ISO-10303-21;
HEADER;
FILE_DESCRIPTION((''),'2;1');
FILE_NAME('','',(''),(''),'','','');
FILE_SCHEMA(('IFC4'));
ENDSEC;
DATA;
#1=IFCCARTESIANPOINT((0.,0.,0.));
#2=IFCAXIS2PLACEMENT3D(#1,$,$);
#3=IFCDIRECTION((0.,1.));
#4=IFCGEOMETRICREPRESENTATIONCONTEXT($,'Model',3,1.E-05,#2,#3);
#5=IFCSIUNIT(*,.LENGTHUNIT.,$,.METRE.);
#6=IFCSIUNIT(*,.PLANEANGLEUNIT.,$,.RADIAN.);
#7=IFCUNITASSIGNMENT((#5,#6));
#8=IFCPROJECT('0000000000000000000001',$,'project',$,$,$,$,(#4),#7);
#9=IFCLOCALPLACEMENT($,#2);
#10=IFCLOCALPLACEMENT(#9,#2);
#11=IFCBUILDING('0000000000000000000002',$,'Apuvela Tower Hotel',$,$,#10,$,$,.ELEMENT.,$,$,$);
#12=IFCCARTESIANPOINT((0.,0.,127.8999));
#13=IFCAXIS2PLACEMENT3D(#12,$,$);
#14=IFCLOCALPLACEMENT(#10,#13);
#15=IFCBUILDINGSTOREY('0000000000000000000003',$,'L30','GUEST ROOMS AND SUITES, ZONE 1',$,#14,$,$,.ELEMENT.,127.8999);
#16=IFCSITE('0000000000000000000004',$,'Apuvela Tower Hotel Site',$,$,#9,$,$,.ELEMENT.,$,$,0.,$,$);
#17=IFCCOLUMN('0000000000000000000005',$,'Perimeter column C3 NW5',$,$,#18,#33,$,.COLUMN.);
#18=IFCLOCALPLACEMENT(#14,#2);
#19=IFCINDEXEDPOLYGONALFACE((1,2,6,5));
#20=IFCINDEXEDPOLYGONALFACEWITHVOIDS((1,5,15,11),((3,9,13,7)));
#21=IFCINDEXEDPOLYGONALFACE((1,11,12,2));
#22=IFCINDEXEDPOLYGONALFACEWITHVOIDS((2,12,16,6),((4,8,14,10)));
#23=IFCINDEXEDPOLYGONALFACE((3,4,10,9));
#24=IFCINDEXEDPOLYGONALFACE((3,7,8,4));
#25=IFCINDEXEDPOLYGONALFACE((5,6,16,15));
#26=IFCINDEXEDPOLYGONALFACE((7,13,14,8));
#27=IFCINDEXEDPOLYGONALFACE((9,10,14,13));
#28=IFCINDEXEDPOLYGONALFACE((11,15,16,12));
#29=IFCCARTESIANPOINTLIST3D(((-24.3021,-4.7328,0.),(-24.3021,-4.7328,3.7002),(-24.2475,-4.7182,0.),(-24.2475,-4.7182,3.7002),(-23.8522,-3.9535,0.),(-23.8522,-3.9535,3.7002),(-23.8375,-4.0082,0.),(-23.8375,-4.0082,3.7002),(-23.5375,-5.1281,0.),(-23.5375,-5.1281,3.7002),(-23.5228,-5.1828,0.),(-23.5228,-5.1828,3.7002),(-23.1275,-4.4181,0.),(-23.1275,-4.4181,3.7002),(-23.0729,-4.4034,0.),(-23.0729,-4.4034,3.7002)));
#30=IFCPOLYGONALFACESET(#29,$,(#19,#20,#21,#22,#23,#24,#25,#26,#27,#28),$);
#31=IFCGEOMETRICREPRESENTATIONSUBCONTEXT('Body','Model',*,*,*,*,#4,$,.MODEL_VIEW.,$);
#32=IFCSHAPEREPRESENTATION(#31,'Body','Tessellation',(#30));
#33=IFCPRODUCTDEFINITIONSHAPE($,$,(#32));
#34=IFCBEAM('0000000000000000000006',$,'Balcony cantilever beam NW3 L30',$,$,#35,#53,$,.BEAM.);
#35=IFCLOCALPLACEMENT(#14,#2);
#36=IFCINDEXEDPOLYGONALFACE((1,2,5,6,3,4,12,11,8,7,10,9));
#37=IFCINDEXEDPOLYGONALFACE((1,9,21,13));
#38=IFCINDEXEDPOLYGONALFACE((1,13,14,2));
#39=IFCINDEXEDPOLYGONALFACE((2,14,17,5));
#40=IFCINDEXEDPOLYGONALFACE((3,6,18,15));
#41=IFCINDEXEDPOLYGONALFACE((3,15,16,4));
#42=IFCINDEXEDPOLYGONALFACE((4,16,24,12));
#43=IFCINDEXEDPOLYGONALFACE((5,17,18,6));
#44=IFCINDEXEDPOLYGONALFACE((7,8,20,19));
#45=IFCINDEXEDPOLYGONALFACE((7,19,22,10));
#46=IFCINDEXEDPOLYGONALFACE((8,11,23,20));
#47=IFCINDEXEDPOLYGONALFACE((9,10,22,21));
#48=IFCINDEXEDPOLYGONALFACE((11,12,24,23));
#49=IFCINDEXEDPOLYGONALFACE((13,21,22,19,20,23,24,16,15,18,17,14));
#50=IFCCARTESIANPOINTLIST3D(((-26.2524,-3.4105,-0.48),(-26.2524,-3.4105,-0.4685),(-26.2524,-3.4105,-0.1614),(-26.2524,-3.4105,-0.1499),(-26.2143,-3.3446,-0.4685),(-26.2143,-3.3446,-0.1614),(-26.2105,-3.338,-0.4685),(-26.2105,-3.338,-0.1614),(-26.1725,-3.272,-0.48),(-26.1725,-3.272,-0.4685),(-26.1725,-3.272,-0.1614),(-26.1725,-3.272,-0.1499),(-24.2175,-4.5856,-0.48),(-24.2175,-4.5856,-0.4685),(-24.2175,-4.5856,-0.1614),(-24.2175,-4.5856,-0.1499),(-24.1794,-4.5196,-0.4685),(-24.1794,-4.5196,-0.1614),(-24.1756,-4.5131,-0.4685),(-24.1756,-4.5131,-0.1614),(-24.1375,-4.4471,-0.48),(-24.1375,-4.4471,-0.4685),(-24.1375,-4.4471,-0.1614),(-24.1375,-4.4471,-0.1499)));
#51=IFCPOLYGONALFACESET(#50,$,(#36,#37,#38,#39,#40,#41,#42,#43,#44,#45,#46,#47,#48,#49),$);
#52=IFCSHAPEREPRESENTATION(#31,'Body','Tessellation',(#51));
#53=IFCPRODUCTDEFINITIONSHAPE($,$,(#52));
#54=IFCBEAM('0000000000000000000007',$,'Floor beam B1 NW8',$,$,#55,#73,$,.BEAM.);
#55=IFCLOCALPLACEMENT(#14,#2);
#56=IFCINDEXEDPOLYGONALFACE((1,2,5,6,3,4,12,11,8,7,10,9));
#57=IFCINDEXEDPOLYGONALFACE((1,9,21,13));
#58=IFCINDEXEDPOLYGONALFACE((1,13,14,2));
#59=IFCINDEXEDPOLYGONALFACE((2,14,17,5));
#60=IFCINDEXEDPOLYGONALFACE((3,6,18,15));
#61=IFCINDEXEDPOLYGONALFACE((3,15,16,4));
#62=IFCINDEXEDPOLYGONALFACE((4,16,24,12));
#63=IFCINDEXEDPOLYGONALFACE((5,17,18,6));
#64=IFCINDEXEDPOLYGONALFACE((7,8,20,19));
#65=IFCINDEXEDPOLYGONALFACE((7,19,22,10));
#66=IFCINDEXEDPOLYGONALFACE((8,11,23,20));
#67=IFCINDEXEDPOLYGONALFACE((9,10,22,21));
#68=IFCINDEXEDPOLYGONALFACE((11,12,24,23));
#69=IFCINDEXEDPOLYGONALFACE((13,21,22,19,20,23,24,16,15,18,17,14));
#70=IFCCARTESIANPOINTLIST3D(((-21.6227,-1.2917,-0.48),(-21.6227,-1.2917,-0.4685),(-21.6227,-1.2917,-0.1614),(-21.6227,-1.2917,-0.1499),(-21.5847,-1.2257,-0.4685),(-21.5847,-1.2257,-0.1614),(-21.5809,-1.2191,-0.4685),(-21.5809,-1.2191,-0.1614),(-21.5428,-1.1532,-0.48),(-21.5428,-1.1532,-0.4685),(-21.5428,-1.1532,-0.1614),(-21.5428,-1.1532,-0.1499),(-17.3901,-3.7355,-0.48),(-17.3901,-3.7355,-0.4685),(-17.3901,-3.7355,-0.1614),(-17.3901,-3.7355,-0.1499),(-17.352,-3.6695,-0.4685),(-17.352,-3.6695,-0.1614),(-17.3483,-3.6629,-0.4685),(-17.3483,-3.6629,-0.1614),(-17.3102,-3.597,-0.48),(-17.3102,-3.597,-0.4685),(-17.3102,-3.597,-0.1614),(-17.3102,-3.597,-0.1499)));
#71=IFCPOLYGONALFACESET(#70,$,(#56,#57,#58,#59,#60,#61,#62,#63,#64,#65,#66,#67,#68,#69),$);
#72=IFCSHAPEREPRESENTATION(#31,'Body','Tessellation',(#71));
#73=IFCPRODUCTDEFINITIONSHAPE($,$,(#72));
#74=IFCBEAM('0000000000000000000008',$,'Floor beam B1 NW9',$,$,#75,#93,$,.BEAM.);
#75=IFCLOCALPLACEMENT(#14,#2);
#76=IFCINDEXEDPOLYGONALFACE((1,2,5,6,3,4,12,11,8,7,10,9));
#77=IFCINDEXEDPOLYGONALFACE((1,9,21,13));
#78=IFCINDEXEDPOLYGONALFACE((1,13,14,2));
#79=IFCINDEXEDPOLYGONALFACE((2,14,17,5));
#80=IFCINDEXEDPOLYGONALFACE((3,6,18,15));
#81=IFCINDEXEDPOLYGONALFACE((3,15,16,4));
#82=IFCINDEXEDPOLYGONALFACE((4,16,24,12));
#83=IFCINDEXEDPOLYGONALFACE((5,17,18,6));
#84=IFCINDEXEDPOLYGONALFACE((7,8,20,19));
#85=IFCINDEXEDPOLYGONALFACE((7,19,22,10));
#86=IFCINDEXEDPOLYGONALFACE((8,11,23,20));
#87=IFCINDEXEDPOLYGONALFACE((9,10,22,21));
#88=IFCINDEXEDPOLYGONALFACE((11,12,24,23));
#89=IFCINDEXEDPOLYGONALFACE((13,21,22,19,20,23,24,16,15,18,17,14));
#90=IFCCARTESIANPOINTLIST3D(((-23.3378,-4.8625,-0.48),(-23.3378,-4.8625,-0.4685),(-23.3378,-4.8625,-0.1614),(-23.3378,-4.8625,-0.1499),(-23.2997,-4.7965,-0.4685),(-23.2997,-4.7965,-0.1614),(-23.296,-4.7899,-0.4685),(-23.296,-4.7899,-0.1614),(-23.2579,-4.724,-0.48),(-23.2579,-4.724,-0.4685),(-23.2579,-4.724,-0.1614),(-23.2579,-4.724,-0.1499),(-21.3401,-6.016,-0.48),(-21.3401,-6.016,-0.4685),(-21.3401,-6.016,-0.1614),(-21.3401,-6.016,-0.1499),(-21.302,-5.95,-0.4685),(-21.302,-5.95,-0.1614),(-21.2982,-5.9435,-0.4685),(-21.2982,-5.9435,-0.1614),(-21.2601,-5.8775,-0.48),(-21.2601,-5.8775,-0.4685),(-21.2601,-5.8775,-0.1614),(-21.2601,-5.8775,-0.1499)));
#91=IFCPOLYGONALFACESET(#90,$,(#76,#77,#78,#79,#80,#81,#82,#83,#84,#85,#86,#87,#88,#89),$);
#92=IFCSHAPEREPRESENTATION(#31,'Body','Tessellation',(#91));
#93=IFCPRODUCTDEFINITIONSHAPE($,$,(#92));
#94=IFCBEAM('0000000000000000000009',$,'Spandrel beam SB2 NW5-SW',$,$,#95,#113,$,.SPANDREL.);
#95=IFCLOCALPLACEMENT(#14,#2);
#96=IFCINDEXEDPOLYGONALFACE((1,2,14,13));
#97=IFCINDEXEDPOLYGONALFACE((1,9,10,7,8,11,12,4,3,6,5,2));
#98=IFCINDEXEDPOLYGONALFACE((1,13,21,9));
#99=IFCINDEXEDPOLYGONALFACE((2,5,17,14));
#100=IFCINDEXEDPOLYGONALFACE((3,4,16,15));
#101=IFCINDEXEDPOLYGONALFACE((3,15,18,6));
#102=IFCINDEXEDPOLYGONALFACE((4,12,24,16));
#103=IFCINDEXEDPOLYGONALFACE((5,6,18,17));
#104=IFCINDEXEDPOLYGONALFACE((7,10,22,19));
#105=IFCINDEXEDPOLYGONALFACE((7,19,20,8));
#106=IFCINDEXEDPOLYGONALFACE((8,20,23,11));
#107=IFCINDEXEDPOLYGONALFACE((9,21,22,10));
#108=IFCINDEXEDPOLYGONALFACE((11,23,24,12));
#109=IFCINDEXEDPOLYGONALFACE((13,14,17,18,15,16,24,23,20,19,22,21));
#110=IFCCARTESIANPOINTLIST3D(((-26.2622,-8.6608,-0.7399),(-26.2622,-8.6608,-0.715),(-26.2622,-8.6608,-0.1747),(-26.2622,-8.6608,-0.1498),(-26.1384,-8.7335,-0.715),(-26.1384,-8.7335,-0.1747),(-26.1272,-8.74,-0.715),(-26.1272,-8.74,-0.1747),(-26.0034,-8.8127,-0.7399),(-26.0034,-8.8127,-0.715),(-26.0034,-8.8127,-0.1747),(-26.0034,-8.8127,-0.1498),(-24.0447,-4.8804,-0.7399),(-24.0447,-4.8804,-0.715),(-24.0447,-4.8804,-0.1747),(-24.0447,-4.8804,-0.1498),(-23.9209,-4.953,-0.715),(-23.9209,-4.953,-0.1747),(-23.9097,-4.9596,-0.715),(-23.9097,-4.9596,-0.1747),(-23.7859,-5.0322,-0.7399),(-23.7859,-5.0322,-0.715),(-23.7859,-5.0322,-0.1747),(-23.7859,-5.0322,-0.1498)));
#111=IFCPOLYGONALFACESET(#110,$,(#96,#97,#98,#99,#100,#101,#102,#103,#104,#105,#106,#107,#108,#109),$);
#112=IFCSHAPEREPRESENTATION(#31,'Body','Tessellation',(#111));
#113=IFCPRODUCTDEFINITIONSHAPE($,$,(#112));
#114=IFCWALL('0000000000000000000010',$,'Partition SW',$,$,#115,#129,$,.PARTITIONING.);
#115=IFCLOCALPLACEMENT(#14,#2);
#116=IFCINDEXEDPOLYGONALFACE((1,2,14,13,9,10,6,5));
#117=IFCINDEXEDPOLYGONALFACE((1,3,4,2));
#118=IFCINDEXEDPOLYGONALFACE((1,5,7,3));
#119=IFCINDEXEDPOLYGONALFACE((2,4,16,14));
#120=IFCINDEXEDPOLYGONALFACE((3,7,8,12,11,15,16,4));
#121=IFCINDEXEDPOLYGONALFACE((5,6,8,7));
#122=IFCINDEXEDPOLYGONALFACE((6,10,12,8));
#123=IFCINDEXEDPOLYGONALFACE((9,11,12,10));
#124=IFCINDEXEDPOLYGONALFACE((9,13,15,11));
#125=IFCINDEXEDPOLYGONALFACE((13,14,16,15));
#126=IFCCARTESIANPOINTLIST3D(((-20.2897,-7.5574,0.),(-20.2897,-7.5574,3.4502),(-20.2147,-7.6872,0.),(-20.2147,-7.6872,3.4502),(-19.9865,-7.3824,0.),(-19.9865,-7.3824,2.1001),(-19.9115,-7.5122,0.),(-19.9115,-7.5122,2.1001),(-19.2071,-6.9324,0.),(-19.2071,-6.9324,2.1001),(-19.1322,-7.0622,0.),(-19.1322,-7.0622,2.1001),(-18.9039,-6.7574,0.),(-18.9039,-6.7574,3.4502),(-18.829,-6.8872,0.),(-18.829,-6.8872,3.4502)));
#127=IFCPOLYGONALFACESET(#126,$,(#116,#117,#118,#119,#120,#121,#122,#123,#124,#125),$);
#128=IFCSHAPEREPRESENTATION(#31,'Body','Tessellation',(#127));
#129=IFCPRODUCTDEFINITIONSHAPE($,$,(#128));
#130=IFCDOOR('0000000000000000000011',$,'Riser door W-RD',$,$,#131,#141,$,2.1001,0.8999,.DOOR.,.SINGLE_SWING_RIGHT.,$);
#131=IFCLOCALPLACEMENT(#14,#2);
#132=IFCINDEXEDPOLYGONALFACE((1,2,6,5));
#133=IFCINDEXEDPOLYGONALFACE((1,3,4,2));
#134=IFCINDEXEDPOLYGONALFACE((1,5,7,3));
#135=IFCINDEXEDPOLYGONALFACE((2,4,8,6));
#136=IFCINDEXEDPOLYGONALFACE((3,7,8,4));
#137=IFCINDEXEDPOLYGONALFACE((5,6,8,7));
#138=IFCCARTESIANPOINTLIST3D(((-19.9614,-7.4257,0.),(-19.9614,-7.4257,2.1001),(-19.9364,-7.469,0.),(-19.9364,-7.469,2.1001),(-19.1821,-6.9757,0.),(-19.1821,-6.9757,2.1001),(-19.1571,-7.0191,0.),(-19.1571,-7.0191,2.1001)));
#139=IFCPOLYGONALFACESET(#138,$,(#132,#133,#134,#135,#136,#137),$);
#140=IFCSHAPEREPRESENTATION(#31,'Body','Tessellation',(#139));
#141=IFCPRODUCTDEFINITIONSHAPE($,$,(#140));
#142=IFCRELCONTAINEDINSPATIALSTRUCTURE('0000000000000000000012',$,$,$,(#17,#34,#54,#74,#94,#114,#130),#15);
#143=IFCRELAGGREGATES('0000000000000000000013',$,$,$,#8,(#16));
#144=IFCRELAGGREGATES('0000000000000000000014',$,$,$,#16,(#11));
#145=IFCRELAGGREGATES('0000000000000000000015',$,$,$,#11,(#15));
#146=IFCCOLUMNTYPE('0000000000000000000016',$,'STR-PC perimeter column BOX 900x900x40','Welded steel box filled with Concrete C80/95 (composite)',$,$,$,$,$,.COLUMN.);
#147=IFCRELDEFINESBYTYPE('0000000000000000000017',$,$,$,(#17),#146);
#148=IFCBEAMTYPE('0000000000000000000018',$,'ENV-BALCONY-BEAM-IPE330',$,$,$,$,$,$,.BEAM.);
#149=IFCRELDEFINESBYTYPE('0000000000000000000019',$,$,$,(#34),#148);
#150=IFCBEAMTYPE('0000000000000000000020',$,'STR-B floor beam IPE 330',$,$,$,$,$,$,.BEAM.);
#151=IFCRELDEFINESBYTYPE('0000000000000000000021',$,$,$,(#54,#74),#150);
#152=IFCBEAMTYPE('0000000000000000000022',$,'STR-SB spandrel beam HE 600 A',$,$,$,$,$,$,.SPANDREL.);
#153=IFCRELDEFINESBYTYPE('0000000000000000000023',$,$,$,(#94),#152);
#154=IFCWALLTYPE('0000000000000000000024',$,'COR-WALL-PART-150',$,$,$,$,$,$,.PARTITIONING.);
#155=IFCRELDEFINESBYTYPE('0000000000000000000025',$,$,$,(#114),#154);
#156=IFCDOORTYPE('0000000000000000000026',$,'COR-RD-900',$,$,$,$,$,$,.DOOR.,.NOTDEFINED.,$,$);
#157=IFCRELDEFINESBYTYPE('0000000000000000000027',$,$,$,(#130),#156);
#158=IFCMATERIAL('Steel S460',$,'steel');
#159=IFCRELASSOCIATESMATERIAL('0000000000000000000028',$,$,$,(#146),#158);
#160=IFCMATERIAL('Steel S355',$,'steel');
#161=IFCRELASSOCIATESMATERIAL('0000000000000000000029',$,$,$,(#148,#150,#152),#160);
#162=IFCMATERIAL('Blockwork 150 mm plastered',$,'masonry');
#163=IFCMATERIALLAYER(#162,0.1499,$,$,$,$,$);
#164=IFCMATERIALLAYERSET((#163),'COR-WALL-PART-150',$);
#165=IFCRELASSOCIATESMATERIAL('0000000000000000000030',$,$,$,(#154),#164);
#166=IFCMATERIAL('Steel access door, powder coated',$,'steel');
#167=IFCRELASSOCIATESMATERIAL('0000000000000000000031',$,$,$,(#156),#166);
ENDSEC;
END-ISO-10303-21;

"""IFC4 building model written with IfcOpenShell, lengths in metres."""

from ifc_helpers import new_model, si_unit, direction, frame, frame_2d, origin, origin_2d, place, context, subcontext, project, spatial, rectangle, hollow_rectangle, i_section, extrude, material, layer, layer_set, material_profile, profile_set, type_object, element, fill, save


model = new_model("IFC4")

# Units and contexts
model_context = context("Model", 3, precision=1e-05, world=origin(), true_north=direction((0.0, 1.0)))
body_context = subcontext(model_context, "Body", "Model", "MODEL_VIEW")
ifc_project = project(units=[si_unit("LENGTHUNIT", "METRE"), si_unit("PLANEANGLEUNIT", "RADIAN")], contexts=[model_context])

# Site, building, storey
site_placement = place(None, origin())
site = spatial("IfcSite", under=ifc_project, at=site_placement, Name="Apuvela Tower Hotel Site", CompositionType="ELEMENT", RefElevation=0.0)
building_placement = place(site_placement, origin())
building = spatial("IfcBuilding", under=site, at=building_placement, Name="Apuvela Tower Hotel", CompositionType="ELEMENT")
storey_placement = place(building_placement, frame((0.0, 0.0, 127.8999)))
storey = spatial("IfcBuildingStorey", under=building, at=storey_placement, Name="L30", Description="GUEST ROOMS AND SUITES, ZONE 1", CompositionType="ELEMENT", Elevation=127.8999)

# Column
ifc_material_1 = material(Name="Steel S460", Category="steel")
ifc_material_profile_1 = material_profile(ifc_material_1, hollow_rectangle(XDim=0.8999, YDim=0.8999, WallThickness=0.04, at=origin_2d()), Name="BOX 900x900x40")
ifc_material_2 = material(Name="Concrete C80/95", Category="concrete")
ifc_material_profile_2 = material_profile(ifc_material_2, rectangle(XDim=0.8201, YDim=0.8201, at=origin_2d()), Name="Concrete C80/95 infill")
ifc_profile_set_1 = profile_set([ifc_material_profile_1, ifc_material_profile_2], Name="Steel S460")
column_type = type_object("IfcColumnType", Name="STR-PC perimeter column BOX 900x900x40", Description="Welded steel box filled with Concrete C80/95 (composite)", PredefinedType="COLUMN", material=ifc_profile_set_1)
column_placement = place(storey_placement, frame((-23.6875, -4.5681, 0.0), z_axis=(0.0, 0.0, 1.0), x_axis=(0.5, 0.866025, 0.0)))
element("IfcColumn", 1, at=column_placement, inside=storey, type_object=column_type, Name="Perimeter column C3 NW5", PredefinedType="COLUMN", context=body_context, shape_type="SweptSolid", body=[
    extrude(hollow_rectangle(XDim=0.8999, YDim=0.8999, WallThickness=0.04, at=origin_2d()), origin(), (0.0, 0.0, 1.0), 3.7002),
])

# Beams
ifc_material_3 = material(Name="Steel S355", Category="steel")
ifc_material_profile_3 = material_profile(ifc_material_3, i_section(OverallWidth=0.1599, OverallDepth=0.3301, WebThickness=0.0076, FlangeThickness=0.0115, at=origin_2d()), Name="IPE 330")
ifc_profile_set_2 = profile_set([ifc_material_profile_3], Name="Steel S355")
beam_type_1 = type_object("IfcBeamType", Name="ENV-BALCONY-BEAM-IPE330", PredefinedType="BEAM", material=ifc_profile_set_2)
beam_1_placement = place(storey_placement, frame((-24.1775, -4.5164, -0.3149), z_axis=(-0.86599, 0.500061, 0.0), x_axis=(-0.500061, -0.86599, 0.0)))
element("IfcBeam", 2, at=beam_1_placement, inside=storey, type_object=beam_type_1, Name="Balcony cantilever beam NW3 L30", PredefinedType="BEAM", context=body_context, shape_type="SweptSolid", body=[
    extrude(i_section(OverallWidth=0.1599, OverallDepth=0.3301, WebThickness=0.0076, FlangeThickness=0.0115, at=origin_2d()), origin(), (0.0, 0.0, 1.0), 2.3499),
])
ifc_material_profile_4 = material_profile(ifc_material_3, i_section(OverallWidth=0.1599, OverallDepth=0.3301, WebThickness=0.0076, FlangeThickness=0.0115, at=origin_2d()), Name="IPE 330")
ifc_profile_set_3 = profile_set([ifc_material_profile_4], Name="Steel S355")
beam_type_2 = type_object("IfcBeamType", Name="STR-B floor beam IPE 330", PredefinedType="BEAM", material=ifc_profile_set_3)
beam_2_placement = place(storey_placement, frame((-21.5828, -1.2224, -0.3149), z_axis=(0.866015, -0.500018, 0.0), x_axis=(0.500018, 0.866015, 0.0)))
element("IfcBeam", 3, at=beam_2_placement, inside=storey, type_object=beam_type_2, Name="Floor beam B1 NW8", PredefinedType="BEAM", context=body_context, shape_type="SweptSolid", body=[
    extrude(i_section(OverallWidth=0.1599, OverallDepth=0.3301, WebThickness=0.0076, FlangeThickness=0.0115, at=origin_2d()), origin(), (0.0, 0.0, 1.0), 4.8875),
])
beam_3_placement = place(storey_placement, frame((-23.2979, -4.7932, -0.3149), z_axis=(0.866001, -0.500043, 0.0), x_axis=(0.500043, 0.866001, 0.0)))
element("IfcBeam", 4, at=beam_3_placement, inside=storey, type_object=beam_type_2, Name="Floor beam B1 NW9", PredefinedType="BEAM", context=body_context, shape_type="SweptSolid", body=[
    extrude(i_section(OverallWidth=0.1599, OverallDepth=0.3301, WebThickness=0.0076, FlangeThickness=0.0115, at=origin_2d()), origin(), (0.0, 0.0, 1.0), 2.3069),
])
ifc_material_profile_5 = material_profile(ifc_material_3, i_section(OverallWidth=0.3, OverallDepth=0.5901, WebThickness=0.0129, FlangeThickness=0.0249, at=origin_2d()), Name="HE 600 A")
ifc_profile_set_4 = profile_set([ifc_material_profile_5], Name="Steel S355")
beam_type_3 = type_object("IfcBeamType", Name="STR-SB spandrel beam HE 600 A", PredefinedType="SPANDREL", material=ifc_profile_set_4)
beam_4_placement = place(storey_placement, frame((-23.9153, -4.9563, -0.4448), z_axis=(-0.505951, -0.862562, 0.0), x_axis=(0.862562, -0.505951, 0.0)))
element("IfcBeam", 5, at=beam_4_placement, inside=storey, type_object=beam_type_3, Name="Spandrel beam SB2 NW5-SW", PredefinedType="SPANDREL", context=body_context, shape_type="SweptSolid", body=[
    extrude(i_section(OverallWidth=0.3, OverallDepth=0.5901, WebThickness=0.0129, FlangeThickness=0.0249, at=origin_2d()), origin(), (0.0, 0.0, 1.0), 4.3828),
])

# Wall, opening, door
ifc_material_4 = material(Name="Blockwork 150 mm plastered", Category="masonry")
ifc_layer_1 = layer(ifc_material_4, 0.1499)
ifc_layer_set_1 = layer_set([ifc_layer_1], Name="COR-WALL-PART-150")
wall_type_1 = type_object("IfcWallType", Name="COR-WALL-PART-150", PredefinedType="PARTITIONING", material=ifc_layer_set_1)
wall_1_placement = place(storey_placement, frame((-18.8665, -6.8223, 0.0), z_axis=(0.0, 0.0, 1.0), x_axis=(-0.866028, -0.499995, 0.0)))
wall_1 = element("IfcWall", 6, at=wall_1_placement, inside=storey, type_object=wall_type_1, Name="Partition SW", PredefinedType="PARTITIONING", context=body_context, shape_type="SweptSolid", body=[
    extrude(rectangle(XDim=1.6001, YDim=0.1499, at=frame_2d((0.8, 0.0))), origin(), (0.0, 0.0, 1.0), 3.4502),
])
opening_1_placement = place(wall_1_placement, frame((0.3501, 0.0, 0.0)))
opening_1 = element("IfcOpeningElement", 7, at=opening_1_placement, cuts=wall_1, PredefinedType="OPENING", context=body_context, shape_type="SweptSolid", body=[
    extrude(rectangle(XDim=0.8999, YDim=2.1001, at=frame_2d((0.45, 1.05))), frame((0.0, 0.085, 0.0), z_axis=(0.0, -1.0, 0.0), x_axis=(1.0, 0.0, 0.0)), (0.0, 0.0, 1.0), 0.1699),
])
ifc_material_5 = material(Name="Steel access door, powder coated", Category="steel")
door_type_1 = type_object("IfcDoorType", Name="COR-RD-900", OperationType="NOTDEFINED", PredefinedType="DOOR", material=ifc_material_5)
door_1_placement = place(opening_1_placement, frame((0.8999, 0.0, 0.0), z_axis=(0.0, 0.0, 1.0), x_axis=(-1.0, 0.0, 0.0)))
door_1 = element("IfcDoor", 8, at=door_1_placement, inside=storey, type_object=door_type_1, Name="Riser door W-RD", OperationType="SINGLE_SWING_RIGHT", OverallHeight=2.1001, OverallWidth=0.8999, PredefinedType="DOOR", context=body_context, shape_type="SweptSolid", body=[
    extrude(rectangle(XDim=0.8999, YDim=2.1001, at=frame_2d((0.45, 1.05))), frame((0.0, 0.0249, 0.0), z_axis=(0.0, -1.0, 0.0), x_axis=(1.0, 0.0, 0.0)), (0.0, 0.0, 1.0), 0.05),
])
fill(opening_1, door_1)

save(model, "model.ifc")
